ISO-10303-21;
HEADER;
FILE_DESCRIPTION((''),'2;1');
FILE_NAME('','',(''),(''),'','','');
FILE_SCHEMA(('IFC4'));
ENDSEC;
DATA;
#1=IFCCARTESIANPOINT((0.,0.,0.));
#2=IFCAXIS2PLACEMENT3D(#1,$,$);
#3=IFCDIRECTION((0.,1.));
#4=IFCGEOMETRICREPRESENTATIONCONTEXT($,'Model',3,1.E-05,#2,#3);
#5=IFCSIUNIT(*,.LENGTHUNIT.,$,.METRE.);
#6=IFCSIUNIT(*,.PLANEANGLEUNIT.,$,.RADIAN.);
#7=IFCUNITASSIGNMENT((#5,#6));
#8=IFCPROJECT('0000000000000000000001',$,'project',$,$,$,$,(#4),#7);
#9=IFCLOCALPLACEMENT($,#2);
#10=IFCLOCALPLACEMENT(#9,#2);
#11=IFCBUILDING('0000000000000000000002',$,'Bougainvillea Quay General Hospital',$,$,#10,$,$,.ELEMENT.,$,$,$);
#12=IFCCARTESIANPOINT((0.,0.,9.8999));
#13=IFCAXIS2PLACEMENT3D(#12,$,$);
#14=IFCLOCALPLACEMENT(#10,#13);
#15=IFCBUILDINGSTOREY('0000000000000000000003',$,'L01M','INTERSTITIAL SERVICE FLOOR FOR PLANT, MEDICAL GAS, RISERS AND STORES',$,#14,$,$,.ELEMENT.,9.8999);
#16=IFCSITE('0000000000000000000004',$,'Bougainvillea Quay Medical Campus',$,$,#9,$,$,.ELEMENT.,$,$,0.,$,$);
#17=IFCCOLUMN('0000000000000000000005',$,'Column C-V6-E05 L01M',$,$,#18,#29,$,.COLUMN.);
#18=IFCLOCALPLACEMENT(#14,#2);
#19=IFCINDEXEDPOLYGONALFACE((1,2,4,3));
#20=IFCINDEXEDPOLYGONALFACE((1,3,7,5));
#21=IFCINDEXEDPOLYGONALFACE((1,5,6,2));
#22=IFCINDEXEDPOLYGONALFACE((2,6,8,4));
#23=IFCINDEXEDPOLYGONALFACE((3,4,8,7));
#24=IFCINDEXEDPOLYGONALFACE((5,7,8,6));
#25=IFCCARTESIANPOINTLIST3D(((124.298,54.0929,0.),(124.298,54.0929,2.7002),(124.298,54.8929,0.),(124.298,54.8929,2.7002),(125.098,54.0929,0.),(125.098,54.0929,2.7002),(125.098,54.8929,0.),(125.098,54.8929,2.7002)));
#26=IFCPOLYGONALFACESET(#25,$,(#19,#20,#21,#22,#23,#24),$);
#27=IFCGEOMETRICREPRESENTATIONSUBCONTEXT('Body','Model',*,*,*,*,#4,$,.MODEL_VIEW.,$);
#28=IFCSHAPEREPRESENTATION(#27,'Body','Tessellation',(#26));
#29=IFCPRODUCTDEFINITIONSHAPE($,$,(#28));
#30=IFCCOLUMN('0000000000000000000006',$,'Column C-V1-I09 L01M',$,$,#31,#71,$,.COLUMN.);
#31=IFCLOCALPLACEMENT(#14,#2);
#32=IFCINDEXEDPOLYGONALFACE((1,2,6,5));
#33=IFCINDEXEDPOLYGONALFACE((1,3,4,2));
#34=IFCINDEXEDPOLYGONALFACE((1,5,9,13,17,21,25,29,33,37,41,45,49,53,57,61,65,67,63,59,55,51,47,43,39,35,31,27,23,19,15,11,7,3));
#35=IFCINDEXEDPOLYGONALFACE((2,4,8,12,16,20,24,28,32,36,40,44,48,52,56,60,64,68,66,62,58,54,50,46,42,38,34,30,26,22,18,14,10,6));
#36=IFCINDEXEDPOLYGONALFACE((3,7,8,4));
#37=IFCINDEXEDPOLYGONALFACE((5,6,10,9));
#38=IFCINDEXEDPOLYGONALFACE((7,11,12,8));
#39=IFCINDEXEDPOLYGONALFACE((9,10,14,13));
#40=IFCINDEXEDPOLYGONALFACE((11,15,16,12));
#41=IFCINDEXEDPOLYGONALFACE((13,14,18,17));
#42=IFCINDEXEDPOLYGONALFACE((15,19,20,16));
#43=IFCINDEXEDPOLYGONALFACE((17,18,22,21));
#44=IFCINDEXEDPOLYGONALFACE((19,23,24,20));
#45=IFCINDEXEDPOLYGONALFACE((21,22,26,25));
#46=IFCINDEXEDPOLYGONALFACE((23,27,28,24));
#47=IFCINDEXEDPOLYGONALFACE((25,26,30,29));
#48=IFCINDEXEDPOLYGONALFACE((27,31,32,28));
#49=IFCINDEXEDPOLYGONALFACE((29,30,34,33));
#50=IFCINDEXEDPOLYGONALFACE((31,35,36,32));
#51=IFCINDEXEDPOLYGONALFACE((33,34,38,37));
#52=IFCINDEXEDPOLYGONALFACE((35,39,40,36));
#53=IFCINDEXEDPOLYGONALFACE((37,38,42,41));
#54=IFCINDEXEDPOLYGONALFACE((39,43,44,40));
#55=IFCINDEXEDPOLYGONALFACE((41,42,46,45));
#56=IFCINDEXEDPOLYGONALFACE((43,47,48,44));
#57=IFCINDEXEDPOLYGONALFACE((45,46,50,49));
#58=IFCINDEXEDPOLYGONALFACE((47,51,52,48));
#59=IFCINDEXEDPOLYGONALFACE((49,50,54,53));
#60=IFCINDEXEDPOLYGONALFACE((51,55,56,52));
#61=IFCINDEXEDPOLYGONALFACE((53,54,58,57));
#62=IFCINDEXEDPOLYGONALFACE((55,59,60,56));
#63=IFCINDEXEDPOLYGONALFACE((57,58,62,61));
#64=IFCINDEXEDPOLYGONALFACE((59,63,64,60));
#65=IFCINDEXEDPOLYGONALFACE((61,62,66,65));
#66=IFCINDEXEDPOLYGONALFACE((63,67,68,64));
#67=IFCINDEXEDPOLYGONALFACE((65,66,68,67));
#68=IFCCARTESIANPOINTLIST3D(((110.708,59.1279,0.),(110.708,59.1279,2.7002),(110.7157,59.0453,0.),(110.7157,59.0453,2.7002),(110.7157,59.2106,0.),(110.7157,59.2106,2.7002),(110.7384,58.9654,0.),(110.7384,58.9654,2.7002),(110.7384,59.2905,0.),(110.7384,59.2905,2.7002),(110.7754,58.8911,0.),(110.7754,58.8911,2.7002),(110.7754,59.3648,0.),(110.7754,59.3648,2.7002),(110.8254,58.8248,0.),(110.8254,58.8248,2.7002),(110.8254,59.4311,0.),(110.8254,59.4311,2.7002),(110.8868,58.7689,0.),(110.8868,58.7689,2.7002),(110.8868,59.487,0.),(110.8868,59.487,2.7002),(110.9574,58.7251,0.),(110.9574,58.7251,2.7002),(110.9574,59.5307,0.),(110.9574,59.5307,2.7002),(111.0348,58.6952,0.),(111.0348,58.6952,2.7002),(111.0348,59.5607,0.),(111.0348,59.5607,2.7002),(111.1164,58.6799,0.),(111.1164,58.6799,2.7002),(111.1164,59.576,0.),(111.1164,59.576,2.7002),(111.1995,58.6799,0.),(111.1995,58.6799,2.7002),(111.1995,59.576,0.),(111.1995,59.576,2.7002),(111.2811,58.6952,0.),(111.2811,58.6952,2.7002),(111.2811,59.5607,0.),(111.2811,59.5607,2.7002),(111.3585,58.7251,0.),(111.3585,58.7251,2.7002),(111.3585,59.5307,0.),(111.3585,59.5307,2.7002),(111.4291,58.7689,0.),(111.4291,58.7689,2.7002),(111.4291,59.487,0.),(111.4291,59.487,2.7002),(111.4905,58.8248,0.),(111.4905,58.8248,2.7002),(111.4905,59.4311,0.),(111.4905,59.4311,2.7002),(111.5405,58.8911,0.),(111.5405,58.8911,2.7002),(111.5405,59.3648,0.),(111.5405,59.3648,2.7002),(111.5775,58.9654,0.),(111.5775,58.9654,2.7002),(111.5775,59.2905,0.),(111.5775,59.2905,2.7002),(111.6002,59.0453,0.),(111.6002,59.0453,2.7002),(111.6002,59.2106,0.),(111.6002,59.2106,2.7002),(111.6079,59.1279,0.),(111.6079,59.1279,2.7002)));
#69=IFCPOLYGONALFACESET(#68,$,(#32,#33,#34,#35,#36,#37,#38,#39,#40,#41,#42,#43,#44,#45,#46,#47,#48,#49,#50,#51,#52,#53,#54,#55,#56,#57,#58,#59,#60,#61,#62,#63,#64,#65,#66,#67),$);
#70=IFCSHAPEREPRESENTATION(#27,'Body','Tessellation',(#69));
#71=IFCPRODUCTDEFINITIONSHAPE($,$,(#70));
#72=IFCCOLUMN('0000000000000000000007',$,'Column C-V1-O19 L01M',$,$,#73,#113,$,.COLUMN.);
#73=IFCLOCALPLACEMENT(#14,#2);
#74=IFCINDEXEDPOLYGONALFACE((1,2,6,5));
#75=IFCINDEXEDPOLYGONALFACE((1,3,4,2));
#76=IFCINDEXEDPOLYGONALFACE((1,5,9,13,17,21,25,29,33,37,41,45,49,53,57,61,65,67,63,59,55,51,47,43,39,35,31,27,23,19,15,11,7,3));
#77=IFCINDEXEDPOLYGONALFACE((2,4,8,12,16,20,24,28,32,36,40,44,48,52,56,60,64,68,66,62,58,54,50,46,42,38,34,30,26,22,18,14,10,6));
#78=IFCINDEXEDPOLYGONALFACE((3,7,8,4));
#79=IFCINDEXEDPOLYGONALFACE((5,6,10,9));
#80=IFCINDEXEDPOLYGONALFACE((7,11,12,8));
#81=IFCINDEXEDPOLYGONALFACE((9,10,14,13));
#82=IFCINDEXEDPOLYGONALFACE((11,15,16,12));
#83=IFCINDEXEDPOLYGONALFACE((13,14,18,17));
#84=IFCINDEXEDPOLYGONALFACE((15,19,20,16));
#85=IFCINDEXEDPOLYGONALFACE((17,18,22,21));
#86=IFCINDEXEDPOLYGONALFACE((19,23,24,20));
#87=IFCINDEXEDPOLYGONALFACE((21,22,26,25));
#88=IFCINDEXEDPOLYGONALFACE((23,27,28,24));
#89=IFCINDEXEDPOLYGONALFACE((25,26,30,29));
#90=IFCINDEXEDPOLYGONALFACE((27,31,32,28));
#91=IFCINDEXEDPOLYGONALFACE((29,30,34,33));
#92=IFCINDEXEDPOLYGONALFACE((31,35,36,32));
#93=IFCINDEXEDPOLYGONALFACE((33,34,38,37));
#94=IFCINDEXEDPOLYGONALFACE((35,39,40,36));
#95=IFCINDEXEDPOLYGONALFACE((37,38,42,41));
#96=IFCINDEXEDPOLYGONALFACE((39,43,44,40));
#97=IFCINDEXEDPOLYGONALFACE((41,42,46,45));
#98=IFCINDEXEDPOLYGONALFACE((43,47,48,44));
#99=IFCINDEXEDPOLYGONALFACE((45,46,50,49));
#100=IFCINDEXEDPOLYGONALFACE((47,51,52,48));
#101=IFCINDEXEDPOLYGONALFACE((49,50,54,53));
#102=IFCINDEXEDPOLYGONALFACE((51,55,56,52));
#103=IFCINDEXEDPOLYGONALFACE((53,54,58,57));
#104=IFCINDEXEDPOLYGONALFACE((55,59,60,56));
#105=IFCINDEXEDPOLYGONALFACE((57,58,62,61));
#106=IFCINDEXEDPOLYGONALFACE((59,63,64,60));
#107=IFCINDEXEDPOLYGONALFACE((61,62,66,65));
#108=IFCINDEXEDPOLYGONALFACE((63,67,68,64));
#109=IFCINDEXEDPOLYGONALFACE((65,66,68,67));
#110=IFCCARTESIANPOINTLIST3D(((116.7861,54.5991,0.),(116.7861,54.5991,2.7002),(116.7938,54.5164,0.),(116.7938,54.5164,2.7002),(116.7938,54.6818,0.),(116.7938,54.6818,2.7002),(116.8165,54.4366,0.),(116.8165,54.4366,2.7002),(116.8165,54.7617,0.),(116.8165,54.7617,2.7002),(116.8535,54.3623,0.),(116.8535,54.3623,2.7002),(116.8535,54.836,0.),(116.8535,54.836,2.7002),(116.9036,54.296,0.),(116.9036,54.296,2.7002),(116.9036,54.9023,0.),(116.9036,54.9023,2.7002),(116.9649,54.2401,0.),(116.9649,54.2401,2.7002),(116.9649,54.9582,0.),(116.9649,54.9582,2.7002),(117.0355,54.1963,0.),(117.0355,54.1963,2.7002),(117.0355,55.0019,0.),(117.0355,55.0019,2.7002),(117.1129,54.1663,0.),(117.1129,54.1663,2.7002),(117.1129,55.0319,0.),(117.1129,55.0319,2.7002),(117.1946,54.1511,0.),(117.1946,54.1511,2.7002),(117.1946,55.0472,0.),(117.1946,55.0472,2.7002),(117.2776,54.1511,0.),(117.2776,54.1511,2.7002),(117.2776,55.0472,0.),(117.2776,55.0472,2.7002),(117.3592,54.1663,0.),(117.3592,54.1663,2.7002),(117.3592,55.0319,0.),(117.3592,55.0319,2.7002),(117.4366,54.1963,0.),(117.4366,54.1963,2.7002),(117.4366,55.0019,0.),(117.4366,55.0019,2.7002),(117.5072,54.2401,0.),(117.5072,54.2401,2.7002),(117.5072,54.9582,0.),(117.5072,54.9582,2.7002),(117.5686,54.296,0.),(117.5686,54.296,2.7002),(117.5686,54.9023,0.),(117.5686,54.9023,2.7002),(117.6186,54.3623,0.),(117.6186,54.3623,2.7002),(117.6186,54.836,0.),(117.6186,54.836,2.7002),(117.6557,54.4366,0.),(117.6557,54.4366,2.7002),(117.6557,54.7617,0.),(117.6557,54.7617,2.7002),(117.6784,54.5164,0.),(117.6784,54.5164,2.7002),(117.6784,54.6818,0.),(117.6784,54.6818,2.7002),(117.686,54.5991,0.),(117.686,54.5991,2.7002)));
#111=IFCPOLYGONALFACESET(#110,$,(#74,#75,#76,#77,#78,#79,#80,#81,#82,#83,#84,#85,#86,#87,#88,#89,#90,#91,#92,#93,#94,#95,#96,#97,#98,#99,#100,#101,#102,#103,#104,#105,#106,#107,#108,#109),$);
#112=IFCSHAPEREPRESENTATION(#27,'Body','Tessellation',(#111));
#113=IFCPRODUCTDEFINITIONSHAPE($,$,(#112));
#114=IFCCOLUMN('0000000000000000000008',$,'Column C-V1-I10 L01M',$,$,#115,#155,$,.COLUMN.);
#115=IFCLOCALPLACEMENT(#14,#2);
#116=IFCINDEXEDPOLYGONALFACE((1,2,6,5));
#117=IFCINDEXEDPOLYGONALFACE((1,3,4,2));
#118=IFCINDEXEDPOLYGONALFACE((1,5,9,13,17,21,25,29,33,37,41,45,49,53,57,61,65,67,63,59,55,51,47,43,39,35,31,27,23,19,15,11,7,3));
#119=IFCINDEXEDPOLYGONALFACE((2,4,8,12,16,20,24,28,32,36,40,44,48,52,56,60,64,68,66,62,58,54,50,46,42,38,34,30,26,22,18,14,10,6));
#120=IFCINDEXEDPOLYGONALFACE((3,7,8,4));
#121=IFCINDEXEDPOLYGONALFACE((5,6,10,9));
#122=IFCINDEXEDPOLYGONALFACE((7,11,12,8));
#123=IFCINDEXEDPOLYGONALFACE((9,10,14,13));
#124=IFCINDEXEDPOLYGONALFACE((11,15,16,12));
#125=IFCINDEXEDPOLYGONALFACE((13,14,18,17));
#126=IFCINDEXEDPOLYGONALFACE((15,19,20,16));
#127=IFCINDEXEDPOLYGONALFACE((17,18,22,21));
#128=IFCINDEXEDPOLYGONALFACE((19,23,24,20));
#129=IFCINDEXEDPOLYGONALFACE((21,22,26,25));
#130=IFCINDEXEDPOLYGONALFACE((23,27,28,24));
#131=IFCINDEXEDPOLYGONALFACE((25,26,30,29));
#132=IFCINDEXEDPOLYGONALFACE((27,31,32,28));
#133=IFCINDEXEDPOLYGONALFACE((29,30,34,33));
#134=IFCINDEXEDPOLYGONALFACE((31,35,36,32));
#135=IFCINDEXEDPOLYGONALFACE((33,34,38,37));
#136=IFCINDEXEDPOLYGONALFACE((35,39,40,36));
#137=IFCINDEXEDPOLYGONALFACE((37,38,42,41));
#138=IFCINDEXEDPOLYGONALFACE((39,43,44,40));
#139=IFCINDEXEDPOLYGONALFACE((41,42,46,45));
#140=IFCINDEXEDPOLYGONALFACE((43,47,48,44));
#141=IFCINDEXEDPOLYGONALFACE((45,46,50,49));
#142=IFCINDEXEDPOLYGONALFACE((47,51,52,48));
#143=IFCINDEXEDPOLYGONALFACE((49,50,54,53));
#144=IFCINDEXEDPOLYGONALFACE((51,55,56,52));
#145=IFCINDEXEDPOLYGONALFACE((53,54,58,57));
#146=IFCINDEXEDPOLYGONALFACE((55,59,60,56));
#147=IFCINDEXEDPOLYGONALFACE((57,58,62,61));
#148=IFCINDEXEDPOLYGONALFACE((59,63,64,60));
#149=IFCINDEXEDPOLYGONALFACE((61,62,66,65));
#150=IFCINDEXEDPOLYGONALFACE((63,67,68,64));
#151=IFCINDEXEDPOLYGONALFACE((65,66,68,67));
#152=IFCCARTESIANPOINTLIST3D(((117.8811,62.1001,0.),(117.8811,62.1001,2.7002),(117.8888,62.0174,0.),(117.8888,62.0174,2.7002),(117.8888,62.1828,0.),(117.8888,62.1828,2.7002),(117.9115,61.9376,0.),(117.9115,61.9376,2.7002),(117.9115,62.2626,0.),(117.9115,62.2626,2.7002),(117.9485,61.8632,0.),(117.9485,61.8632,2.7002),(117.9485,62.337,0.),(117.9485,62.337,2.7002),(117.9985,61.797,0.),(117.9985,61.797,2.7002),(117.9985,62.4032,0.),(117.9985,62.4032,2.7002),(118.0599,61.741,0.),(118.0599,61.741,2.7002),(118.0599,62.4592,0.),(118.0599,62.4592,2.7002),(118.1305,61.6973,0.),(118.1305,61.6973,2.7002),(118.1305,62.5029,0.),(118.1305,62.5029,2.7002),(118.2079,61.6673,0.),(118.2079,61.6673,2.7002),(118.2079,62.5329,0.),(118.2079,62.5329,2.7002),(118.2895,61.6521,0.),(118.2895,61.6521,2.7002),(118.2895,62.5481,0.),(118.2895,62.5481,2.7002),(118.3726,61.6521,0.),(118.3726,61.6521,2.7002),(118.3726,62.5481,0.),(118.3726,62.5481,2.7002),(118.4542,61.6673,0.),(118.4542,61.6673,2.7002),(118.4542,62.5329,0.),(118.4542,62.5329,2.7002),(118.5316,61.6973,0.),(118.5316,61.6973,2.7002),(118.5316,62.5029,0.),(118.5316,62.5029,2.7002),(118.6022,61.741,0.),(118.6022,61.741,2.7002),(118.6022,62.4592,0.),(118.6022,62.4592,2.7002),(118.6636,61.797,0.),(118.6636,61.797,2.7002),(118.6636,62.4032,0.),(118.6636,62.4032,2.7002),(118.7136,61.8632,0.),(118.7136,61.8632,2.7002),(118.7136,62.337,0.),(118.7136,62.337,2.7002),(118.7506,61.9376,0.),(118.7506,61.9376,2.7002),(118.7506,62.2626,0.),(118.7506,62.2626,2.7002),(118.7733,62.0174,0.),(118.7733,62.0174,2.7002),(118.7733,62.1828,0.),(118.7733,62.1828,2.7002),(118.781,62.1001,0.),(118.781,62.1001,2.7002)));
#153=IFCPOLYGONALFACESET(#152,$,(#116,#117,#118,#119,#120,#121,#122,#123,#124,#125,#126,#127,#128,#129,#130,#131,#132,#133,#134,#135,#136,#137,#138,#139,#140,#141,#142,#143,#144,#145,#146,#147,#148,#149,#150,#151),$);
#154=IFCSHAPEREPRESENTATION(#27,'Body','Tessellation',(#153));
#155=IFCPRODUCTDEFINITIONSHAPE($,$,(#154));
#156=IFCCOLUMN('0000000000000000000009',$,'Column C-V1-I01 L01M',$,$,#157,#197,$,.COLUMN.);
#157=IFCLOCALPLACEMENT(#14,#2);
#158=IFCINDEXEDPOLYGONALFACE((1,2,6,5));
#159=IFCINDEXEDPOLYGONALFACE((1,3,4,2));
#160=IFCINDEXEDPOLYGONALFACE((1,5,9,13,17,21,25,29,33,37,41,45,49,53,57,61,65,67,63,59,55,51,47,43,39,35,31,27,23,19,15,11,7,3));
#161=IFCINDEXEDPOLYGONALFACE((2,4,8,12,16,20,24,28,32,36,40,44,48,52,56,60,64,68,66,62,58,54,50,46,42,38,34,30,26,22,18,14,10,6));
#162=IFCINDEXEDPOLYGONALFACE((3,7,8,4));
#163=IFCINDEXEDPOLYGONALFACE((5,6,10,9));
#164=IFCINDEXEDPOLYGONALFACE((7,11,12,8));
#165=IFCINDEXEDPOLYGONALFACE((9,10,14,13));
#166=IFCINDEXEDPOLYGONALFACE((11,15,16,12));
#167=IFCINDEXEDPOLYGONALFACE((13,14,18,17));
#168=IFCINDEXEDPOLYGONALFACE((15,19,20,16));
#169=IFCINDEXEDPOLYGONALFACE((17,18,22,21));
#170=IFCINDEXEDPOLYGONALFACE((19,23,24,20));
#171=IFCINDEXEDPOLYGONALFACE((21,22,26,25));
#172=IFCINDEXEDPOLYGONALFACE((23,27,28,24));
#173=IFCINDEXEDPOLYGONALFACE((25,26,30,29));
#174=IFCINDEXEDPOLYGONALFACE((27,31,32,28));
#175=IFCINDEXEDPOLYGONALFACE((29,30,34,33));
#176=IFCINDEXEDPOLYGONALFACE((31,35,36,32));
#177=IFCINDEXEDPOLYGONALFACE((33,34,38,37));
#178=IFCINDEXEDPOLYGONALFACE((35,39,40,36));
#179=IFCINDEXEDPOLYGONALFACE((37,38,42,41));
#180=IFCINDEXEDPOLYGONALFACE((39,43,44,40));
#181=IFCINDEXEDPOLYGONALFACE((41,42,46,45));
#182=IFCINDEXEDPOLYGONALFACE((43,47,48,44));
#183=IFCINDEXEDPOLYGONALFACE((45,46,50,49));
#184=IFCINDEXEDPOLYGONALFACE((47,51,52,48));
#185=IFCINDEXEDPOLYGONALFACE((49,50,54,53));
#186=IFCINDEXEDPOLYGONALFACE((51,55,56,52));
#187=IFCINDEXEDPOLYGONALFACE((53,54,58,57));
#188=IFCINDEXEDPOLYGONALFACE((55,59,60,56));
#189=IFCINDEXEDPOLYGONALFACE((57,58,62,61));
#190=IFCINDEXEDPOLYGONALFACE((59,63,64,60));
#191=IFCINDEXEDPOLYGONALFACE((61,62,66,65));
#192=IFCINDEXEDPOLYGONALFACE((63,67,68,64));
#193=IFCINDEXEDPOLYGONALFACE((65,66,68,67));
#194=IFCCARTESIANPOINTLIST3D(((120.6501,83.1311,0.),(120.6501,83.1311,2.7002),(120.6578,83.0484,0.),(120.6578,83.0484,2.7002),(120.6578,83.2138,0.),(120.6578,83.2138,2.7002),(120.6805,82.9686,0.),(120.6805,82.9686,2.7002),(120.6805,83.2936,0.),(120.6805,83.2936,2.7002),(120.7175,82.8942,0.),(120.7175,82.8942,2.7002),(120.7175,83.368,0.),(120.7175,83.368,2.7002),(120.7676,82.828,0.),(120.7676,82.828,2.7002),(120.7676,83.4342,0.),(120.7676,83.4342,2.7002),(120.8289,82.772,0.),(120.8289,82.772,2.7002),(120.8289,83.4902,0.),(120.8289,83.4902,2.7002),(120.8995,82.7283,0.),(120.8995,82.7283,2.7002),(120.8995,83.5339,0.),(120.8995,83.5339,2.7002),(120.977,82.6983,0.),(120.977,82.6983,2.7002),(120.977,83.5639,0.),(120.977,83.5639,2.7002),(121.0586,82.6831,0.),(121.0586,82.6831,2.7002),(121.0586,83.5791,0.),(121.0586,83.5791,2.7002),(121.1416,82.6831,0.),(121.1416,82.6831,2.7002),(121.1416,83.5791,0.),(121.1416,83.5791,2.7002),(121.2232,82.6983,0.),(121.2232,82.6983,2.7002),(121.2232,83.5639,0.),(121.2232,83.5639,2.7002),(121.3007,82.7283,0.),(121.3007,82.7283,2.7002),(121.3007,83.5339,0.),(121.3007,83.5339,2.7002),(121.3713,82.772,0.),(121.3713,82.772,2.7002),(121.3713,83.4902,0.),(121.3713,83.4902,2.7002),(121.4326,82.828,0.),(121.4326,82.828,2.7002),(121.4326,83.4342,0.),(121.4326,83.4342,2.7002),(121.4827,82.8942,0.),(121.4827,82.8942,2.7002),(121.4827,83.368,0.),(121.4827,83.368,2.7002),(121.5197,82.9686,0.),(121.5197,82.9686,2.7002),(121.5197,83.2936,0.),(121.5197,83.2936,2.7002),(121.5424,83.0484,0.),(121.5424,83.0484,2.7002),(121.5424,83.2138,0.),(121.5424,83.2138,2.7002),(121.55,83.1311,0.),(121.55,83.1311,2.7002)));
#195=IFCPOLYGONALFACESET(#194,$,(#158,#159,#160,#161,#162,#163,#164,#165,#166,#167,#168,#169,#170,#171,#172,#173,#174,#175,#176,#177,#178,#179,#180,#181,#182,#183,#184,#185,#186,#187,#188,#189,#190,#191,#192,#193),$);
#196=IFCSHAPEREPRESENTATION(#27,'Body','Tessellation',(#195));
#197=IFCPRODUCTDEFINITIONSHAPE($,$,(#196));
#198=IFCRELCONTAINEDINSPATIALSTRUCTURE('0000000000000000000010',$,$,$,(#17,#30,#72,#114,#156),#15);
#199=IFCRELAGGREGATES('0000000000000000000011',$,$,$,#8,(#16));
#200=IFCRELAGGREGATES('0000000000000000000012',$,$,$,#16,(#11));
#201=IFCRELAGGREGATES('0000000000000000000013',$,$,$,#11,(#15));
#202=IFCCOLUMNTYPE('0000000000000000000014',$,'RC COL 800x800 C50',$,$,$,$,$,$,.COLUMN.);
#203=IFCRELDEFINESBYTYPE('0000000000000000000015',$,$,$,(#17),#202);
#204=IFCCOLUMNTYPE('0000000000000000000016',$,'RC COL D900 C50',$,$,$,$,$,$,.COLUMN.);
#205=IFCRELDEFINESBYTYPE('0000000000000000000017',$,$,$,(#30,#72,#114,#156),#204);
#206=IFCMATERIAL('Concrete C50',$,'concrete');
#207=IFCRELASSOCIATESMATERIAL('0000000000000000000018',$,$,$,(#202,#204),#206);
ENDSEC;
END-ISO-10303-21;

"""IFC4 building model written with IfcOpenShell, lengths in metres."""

from ifc_helpers import new_model, si_unit, direction, frame, origin, origin_2d, place, context, subcontext, project, spatial, rectangle, circle, extrude, material, material_profile, profile_set, type_object, element, save


model = new_model("IFC4")

# Units and contexts
model_context = context("Model", 3, precision=1e-05, world=origin(), true_north=direction((0.0, 1.0)))
body_context = subcontext(model_context, "Body", "Model", "MODEL_VIEW")
ifc_project = project(units=[si_unit("LENGTHUNIT", "METRE"), si_unit("PLANEANGLEUNIT", "RADIAN")], contexts=[model_context])

# Site, building, storey
site_placement = place(None, origin())
site = spatial("IfcSite", under=ifc_project, at=site_placement, Name="Bougainvillea Quay Medical Campus", CompositionType="ELEMENT", RefElevation=0.0)
building_placement = place(site_placement, origin())
building = spatial("IfcBuilding", under=site, at=building_placement, Name="Bougainvillea Quay General Hospital", CompositionType="ELEMENT")
storey_placement = place(building_placement, frame((0.0, 0.0, 9.8999)))
storey = spatial("IfcBuildingStorey", under=building, at=storey_placement, Name="L01M", Description="INTERSTITIAL SERVICE FLOOR FOR PLANT, MEDICAL GAS, RISERS AND STORES", CompositionType="ELEMENT", Elevation=9.8999)

# Columns
ifc_material_1 = material(Name="Concrete C50", Category="concrete")
ifc_material_profile_1 = material_profile(ifc_material_1, rectangle(XDim=0.8, YDim=0.8, at=origin_2d()))
ifc_profile_set_1 = profile_set([ifc_material_profile_1], Name="Concrete C50")
column_type_1 = type_object("IfcColumnType", Name="RC COL 800x800 C50", PredefinedType="COLUMN", material=ifc_profile_set_1)
column_placement = place(storey_placement, frame((124.698, 54.4929, 0.0), z_axis=(0.0, 0.0, 1.0), x_axis=(1.0, 0.0, 0.0)))
element("IfcColumn", 1, at=column_placement, inside=storey, type_object=column_type_1, Name="Column C-V6-E05 L01M", PredefinedType="COLUMN", context=body_context, shape_type="SweptSolid", body=[
    extrude(rectangle(XDim=0.8, YDim=0.8, at=origin_2d()), origin(), (0.0, 0.0, 1.0), 2.7002),
])
ifc_material_profile_2 = material_profile(ifc_material_1, circle(Radius=0.45, at=origin_2d()))
ifc_profile_set_2 = profile_set([ifc_material_profile_2], Name="Concrete C50")
column_type_2 = type_object("IfcColumnType", Name="RC COL D900 C50", PredefinedType="COLUMN", material=ifc_profile_set_2)
for number, where, z_axis, x_axis, name in (
    (2, (111.158, 59.1279, 0.0), (0.0, 0.0, 1.0), (1.0, 0.0, 0.0), "Column C-V1-I09 L01M"),
    (3, (117.2361, 54.5991, 0.0), (0.0, 0.0, 1.0), (1.0, 0.0, 0.0), "Column C-V1-O19 L01M"),
    (4, (118.3311, 62.1001, 0.0), (0.0, 0.0, 1.0), (1.0, 0.0, 0.0), "Column C-V1-I10 L01M"),
    (5, (121.1001, 83.1311, 0.0), (0.0, 0.0, 1.0), (1.0, 0.0, 0.0), "Column C-V1-I01 L01M"),
):
    element("IfcColumn", number, at=place(storey_placement, frame(where, z_axis=z_axis, x_axis=x_axis)), inside=storey, type_object=column_type_2, Name=name, PredefinedType="COLUMN", context=body_context, shape_type="SweptSolid", body=[
        extrude(circle(Radius=0.45, at=origin_2d()), origin(), (0.0, 0.0, 1.0), 2.7002),
    ])

save(model, "model.ifc")
